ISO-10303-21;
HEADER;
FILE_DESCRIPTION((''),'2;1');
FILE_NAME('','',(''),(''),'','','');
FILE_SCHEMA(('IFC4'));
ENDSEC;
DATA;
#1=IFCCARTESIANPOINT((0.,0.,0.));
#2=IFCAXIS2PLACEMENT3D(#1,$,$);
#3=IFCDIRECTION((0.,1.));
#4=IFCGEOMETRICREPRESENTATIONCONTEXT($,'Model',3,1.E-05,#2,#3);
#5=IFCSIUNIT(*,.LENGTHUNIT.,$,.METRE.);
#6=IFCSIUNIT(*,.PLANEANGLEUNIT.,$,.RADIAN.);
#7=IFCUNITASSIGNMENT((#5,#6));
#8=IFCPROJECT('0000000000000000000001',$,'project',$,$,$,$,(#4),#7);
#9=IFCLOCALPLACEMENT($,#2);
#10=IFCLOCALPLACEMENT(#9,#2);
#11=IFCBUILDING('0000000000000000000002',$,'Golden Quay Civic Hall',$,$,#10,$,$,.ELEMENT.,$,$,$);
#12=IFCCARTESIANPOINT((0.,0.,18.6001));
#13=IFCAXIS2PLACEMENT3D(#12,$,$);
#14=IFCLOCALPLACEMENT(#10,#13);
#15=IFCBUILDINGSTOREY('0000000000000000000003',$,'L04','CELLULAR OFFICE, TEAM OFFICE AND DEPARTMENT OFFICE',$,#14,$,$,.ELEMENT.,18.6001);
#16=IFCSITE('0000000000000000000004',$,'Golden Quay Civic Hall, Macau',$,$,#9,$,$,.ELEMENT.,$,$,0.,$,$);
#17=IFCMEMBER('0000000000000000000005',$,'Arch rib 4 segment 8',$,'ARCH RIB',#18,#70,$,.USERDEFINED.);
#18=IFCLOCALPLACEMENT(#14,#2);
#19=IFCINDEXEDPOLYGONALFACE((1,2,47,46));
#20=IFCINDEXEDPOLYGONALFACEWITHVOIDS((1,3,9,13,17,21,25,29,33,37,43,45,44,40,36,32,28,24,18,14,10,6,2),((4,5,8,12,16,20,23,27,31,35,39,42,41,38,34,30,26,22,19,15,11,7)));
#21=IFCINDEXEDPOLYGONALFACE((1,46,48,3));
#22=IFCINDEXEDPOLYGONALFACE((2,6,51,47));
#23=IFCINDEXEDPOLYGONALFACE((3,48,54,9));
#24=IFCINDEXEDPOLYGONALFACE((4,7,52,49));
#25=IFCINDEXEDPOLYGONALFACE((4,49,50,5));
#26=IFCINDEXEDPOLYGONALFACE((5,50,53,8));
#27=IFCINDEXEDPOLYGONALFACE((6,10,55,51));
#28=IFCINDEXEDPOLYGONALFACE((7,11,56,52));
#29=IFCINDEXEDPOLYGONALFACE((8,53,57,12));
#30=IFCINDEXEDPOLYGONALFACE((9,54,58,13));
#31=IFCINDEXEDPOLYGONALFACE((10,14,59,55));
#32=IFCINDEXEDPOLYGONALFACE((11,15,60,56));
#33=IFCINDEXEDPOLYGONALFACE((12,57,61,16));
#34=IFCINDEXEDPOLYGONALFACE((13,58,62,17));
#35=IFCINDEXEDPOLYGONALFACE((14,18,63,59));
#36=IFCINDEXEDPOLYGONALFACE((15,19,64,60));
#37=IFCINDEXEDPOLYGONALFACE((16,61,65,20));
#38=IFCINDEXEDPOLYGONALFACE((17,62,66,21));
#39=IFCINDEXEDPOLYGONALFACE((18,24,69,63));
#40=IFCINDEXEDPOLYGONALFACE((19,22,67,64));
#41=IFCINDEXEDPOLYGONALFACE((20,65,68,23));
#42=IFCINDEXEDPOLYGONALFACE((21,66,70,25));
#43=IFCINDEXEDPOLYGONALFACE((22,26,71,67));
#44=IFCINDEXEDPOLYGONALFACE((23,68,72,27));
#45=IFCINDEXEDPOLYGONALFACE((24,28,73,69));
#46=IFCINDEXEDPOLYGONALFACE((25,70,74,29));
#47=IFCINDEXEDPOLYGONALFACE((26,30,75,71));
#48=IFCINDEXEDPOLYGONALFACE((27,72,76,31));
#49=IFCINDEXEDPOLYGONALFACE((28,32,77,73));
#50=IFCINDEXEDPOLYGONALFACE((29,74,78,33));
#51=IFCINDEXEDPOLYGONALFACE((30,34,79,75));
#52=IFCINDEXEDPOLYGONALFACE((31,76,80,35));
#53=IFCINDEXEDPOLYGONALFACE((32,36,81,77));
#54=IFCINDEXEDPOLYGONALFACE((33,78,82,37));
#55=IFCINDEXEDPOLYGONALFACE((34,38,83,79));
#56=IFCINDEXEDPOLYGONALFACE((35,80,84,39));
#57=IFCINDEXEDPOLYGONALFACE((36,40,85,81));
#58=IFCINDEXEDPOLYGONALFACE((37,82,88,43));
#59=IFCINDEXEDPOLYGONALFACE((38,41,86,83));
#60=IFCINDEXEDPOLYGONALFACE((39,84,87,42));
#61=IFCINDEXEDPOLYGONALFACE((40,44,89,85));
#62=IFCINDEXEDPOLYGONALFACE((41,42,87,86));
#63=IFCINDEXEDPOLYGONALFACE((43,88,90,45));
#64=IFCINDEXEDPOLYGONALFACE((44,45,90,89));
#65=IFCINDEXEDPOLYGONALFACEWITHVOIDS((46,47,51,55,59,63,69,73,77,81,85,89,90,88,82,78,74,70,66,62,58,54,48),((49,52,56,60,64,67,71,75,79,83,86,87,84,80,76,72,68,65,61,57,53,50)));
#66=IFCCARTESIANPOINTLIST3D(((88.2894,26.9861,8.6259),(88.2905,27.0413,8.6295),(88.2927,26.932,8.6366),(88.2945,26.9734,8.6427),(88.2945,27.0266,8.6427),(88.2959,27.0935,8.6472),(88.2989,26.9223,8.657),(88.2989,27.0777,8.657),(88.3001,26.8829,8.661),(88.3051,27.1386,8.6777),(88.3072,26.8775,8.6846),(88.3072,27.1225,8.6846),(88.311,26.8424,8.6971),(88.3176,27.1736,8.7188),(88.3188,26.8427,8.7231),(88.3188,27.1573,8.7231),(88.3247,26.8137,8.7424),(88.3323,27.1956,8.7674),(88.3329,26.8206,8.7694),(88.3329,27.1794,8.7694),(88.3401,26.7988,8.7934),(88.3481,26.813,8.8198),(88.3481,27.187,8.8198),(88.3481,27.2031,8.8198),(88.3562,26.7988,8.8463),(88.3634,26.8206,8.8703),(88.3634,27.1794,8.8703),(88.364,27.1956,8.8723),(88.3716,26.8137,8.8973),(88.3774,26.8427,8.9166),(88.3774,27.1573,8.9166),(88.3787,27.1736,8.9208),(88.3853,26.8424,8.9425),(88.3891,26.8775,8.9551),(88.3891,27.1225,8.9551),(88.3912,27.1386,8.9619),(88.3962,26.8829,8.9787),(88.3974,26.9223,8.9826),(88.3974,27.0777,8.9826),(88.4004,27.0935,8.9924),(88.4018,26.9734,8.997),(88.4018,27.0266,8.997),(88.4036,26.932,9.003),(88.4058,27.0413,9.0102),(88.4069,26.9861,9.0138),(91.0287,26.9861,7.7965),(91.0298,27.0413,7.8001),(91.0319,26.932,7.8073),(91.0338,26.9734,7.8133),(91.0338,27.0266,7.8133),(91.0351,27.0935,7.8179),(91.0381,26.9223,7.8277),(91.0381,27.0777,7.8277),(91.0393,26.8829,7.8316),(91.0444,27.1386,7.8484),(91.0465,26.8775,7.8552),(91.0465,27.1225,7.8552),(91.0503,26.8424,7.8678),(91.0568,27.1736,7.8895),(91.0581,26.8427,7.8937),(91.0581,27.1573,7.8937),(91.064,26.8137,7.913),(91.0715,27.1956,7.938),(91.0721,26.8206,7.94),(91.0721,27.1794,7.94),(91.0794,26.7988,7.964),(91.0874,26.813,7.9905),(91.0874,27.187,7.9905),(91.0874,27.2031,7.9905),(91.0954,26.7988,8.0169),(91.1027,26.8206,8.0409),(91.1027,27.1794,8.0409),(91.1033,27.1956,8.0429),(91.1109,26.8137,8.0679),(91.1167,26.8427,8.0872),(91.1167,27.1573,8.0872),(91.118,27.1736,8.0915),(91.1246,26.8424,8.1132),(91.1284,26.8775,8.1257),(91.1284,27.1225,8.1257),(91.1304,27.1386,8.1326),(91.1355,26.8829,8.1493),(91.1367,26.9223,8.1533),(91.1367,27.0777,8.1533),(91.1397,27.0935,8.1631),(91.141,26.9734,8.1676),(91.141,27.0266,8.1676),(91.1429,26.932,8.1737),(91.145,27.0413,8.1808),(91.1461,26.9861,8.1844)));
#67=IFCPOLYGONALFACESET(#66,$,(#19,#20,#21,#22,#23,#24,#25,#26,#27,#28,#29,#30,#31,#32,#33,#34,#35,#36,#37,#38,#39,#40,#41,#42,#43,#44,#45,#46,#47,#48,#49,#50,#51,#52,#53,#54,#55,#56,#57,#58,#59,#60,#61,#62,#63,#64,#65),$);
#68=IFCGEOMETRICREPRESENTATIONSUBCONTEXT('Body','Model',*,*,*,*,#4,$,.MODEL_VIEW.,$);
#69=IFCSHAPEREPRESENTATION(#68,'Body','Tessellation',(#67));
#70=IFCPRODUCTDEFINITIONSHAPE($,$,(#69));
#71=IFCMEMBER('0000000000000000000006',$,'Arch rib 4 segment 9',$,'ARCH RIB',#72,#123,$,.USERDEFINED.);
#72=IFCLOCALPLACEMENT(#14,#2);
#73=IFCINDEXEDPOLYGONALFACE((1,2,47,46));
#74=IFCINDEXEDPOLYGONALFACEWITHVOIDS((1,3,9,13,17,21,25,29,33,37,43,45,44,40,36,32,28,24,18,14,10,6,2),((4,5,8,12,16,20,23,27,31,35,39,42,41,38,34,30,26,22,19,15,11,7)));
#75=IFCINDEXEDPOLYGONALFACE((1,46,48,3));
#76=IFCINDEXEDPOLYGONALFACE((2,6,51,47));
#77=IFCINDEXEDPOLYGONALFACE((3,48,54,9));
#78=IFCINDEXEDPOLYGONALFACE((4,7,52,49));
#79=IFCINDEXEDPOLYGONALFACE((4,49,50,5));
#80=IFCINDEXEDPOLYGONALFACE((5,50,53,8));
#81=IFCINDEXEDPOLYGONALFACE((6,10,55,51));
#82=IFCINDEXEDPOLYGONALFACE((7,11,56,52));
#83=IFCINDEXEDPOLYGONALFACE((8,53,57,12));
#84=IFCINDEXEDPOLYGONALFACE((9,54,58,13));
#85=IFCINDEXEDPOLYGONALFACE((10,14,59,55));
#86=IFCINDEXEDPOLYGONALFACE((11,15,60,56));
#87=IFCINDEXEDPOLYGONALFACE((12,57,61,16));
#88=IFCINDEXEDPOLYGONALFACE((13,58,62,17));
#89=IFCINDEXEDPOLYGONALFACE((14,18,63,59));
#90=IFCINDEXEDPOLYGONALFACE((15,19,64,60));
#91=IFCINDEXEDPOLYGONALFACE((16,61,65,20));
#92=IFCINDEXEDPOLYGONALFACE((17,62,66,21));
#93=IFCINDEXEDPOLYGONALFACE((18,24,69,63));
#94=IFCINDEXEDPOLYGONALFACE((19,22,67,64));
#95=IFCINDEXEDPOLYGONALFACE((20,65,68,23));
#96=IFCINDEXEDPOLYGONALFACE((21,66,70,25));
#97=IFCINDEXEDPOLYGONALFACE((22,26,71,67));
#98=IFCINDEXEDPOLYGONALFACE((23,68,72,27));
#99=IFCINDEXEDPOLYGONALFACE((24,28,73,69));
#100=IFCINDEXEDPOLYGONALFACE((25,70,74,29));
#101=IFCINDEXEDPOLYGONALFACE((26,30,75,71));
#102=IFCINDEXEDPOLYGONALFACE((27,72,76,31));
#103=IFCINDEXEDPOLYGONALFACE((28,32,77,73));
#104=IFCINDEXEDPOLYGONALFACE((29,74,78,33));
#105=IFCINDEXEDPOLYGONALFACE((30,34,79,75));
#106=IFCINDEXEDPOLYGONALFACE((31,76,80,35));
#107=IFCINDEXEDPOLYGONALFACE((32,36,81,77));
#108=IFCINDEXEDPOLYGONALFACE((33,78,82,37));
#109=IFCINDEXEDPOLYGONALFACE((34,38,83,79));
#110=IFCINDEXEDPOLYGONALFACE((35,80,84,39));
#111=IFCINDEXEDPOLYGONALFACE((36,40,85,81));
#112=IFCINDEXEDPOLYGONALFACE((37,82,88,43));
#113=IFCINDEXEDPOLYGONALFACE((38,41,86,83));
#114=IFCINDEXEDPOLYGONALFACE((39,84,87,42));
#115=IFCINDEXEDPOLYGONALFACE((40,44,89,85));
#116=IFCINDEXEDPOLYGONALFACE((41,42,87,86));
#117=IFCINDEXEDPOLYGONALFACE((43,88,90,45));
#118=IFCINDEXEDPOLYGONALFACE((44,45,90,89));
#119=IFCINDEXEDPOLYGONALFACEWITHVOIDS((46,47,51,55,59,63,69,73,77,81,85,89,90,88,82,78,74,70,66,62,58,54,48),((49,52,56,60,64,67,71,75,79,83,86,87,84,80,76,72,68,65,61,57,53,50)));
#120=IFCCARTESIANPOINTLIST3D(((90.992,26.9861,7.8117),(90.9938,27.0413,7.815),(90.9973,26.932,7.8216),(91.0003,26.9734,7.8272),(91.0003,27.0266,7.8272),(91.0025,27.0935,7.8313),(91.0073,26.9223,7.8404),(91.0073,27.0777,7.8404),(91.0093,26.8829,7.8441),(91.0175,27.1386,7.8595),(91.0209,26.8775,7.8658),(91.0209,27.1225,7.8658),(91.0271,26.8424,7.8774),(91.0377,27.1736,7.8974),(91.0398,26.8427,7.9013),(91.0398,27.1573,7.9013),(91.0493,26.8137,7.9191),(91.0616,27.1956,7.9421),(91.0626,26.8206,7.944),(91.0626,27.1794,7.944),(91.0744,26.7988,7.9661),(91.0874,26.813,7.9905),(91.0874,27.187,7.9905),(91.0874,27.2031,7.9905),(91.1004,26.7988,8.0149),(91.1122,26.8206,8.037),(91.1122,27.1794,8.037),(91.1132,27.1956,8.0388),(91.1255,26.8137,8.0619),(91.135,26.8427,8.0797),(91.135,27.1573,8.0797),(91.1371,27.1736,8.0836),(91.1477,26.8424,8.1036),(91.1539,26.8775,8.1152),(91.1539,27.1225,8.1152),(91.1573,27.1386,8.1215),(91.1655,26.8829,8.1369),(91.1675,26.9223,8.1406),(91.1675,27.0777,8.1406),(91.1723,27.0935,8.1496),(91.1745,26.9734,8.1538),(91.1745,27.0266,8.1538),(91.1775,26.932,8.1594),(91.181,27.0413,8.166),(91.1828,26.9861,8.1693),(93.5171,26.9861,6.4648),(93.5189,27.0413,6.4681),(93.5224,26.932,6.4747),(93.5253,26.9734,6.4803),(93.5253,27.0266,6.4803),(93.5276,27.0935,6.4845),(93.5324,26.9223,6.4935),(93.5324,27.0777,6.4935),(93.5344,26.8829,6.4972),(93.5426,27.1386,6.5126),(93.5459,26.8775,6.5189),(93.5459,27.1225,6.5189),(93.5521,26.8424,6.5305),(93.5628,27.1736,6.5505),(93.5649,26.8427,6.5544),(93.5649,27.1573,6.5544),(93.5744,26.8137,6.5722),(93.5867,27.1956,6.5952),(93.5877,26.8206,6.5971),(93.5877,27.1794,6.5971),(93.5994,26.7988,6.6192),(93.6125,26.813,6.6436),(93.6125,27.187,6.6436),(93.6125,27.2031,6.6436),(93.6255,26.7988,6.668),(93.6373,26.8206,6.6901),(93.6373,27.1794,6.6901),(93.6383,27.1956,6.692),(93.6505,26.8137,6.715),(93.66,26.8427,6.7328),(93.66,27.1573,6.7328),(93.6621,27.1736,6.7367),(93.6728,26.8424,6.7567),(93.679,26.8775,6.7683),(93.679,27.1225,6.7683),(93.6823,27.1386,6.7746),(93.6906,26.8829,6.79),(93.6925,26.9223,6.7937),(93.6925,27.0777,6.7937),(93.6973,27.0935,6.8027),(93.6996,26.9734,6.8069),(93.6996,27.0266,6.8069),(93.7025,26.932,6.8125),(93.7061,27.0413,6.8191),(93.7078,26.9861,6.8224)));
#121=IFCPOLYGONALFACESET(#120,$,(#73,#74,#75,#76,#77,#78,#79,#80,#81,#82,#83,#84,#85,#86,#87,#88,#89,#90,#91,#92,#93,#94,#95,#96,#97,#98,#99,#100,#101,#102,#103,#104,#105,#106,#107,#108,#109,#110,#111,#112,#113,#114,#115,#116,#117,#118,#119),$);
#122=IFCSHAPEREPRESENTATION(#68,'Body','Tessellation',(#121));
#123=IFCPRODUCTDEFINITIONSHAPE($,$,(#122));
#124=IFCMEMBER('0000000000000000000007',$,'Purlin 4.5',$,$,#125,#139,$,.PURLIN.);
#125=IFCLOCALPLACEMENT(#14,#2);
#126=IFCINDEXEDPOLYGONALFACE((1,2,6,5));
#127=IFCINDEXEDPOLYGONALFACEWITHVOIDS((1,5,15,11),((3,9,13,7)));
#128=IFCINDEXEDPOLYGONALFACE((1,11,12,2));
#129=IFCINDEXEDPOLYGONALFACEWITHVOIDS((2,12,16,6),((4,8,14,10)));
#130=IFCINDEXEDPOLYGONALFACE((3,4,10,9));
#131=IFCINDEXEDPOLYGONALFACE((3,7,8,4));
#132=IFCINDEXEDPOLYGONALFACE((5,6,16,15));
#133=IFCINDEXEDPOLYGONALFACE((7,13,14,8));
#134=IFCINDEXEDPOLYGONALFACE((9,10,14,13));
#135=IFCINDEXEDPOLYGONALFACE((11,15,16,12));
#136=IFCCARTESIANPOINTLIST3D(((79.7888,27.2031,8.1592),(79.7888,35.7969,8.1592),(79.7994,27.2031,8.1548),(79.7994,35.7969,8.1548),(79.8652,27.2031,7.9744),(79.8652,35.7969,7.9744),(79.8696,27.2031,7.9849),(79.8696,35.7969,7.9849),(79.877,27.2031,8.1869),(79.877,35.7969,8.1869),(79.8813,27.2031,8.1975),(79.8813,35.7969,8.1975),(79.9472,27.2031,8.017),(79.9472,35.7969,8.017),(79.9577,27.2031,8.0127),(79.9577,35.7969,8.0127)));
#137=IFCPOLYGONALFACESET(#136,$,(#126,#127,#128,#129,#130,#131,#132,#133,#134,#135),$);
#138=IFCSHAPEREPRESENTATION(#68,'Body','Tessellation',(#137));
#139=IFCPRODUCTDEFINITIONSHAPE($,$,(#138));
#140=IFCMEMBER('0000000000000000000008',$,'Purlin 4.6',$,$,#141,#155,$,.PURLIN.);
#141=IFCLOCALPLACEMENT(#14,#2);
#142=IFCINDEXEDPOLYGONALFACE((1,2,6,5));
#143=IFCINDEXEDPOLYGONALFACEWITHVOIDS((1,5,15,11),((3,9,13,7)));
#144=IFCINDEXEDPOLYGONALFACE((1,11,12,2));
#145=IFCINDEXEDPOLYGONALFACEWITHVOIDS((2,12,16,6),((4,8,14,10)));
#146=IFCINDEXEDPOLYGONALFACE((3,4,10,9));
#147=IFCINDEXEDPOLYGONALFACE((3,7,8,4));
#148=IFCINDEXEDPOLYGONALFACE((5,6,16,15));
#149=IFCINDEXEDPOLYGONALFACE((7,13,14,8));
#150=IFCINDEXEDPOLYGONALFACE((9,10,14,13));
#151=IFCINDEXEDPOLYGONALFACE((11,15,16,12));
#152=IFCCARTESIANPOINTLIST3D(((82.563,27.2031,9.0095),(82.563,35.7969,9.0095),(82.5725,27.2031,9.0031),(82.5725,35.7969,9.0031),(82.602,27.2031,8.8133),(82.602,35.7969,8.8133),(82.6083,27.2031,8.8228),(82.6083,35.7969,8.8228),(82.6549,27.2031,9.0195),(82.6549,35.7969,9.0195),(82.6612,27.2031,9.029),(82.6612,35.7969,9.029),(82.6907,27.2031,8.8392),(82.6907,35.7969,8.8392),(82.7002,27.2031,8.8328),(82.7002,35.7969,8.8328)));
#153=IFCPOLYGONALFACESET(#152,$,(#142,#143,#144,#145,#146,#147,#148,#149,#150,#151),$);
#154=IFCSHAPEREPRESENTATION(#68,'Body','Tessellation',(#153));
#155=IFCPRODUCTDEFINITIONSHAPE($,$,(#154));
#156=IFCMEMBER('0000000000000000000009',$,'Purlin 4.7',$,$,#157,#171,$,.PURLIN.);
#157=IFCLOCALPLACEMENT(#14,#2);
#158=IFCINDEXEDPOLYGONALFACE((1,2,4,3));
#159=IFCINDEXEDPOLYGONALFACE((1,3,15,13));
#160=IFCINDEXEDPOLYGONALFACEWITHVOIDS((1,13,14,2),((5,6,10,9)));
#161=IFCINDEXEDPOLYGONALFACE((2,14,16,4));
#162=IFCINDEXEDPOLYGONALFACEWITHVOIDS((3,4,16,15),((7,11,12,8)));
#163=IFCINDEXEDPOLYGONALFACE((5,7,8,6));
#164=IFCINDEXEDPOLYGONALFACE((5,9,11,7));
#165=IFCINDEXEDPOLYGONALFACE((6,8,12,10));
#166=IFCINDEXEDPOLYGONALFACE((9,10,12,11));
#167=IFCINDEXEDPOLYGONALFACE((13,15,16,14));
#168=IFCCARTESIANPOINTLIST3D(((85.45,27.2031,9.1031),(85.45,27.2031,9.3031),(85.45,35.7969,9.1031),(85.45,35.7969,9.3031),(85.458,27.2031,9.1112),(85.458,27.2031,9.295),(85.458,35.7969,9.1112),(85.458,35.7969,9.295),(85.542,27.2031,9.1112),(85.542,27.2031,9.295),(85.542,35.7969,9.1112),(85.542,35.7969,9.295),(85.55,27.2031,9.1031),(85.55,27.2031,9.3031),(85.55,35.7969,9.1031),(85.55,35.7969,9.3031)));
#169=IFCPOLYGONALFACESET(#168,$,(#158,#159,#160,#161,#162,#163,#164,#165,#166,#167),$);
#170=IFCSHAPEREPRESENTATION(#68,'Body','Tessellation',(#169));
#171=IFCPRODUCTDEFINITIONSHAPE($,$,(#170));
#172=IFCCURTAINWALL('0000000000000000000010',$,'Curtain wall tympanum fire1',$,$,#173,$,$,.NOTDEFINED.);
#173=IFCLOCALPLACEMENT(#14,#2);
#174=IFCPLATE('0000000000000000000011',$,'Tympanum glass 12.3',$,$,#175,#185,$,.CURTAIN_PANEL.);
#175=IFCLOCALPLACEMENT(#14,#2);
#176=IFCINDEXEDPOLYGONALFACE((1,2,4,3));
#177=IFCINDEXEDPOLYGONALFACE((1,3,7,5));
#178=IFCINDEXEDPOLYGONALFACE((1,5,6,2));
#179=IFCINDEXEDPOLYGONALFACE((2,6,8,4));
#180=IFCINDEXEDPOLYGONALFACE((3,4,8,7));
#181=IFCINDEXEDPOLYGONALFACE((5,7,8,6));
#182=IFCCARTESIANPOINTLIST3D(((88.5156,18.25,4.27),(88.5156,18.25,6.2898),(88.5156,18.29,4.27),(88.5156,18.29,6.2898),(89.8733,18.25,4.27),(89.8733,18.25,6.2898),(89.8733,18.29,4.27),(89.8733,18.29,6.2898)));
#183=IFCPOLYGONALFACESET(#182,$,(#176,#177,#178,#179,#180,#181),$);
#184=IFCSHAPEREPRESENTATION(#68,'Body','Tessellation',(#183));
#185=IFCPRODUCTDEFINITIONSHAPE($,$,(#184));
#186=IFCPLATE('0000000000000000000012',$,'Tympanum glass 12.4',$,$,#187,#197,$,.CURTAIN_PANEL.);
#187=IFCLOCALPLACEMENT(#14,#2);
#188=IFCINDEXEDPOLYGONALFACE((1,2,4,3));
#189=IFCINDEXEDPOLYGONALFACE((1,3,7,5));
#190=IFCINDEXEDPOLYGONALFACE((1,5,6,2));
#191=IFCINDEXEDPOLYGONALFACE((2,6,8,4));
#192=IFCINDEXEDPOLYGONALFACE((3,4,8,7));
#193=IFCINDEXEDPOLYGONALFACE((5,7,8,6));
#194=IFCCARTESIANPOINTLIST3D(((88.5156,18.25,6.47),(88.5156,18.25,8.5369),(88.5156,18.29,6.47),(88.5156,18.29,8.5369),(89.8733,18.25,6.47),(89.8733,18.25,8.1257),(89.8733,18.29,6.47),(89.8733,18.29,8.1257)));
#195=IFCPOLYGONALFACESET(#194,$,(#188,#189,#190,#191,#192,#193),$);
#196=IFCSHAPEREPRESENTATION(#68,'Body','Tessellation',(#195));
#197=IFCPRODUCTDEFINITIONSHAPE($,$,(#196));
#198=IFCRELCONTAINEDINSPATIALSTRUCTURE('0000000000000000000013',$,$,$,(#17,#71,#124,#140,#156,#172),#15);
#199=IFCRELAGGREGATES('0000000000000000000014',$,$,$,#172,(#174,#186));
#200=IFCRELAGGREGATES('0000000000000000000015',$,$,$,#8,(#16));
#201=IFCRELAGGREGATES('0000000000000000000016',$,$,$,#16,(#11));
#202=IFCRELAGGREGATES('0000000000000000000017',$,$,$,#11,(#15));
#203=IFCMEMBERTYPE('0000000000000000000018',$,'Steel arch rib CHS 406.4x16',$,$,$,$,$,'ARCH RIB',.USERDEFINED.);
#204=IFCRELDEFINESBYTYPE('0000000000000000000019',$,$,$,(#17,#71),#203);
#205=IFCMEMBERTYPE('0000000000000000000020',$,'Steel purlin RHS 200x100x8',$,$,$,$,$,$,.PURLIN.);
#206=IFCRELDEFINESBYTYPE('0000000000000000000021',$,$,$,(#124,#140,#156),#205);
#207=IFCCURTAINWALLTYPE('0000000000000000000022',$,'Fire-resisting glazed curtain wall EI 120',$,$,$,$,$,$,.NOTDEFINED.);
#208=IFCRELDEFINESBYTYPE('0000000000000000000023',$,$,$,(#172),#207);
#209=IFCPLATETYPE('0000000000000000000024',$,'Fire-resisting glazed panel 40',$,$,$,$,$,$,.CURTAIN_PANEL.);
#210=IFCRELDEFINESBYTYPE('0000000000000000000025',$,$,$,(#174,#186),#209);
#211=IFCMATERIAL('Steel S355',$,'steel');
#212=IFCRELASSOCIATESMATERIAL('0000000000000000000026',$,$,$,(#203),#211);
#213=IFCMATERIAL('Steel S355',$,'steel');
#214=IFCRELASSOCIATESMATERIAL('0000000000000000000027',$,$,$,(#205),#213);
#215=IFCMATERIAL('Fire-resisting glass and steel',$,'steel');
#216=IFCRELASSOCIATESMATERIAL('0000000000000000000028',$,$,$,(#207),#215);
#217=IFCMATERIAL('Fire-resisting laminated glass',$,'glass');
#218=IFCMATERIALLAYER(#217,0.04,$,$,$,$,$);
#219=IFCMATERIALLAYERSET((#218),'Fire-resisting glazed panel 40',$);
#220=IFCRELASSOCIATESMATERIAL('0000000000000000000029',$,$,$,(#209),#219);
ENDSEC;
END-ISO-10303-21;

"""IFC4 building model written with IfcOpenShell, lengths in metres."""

from ifc_helpers import new_model, si_unit, direction, frame, origin, origin_2d, place, context, subcontext, project, spatial, polyline, hollow_rectangle, hollow_circle, outline, extrude, material, layer, layer_set, material_profile, profile_set, type_object, element, aggregate, save


model = new_model("IFC4")

# Units and contexts
model_context = context("Model", 3, precision=1e-05, world=origin(), true_north=direction((0.0, 1.0)))
body_context = subcontext(model_context, "Body", "Model", "MODEL_VIEW")
ifc_project = project(units=[si_unit("LENGTHUNIT", "METRE"), si_unit("PLANEANGLEUNIT", "RADIAN")], contexts=[model_context])

# Site, building, storey
site_placement = place(None, origin())
site = spatial("IfcSite", under=ifc_project, at=site_placement, Name="Golden Quay Civic Hall, Macau", CompositionType="ELEMENT", RefElevation=0.0)
building_placement = place(site_placement, origin())
building = spatial("IfcBuilding", under=site, at=building_placement, Name="Golden Quay Civic Hall", CompositionType="ELEMENT")
storey_placement = place(building_placement, frame((0.0, 0.0, 18.6001)))
storey = spatial("IfcBuildingStorey", under=building, at=storey_placement, Name="L04", Description="CELLULAR OFFICE, TEAM OFFICE AND DEPARTMENT OFFICE", CompositionType="ELEMENT", Elevation=18.6001)

# Members
ifc_material_1 = material(Name="Steel S355", Category="steel")
ifc_material_profile_1 = material_profile(ifc_material_1, hollow_circle(Radius=0.2031, WallThickness=0.0161, at=origin_2d()), Name="CHS 406.4x16")
ifc_profile_set_1 = profile_set([ifc_material_profile_1], Name="Steel S355")
member_type_1 = type_object("IfcMemberType", Name="Steel arch rib CHS 406.4x16", ElementType="ARCH RIB", PredefinedType="USERDEFINED", material=ifc_profile_set_1)
member_1_placement = place(storey_placement, frame((88.3481, 27.0, 8.8198), z_axis=(0.957095, 0.0, -0.289773), x_axis=(0.0, 1.0, 0.0)))
element("IfcMember", 1, at=member_1_placement, inside=storey, type_object=member_type_1, Name="Arch rib 4 segment 8", ObjectType="ARCH RIB", PredefinedType="USERDEFINED", context=body_context, shape_type="SweptSolid", body=[
    extrude(hollow_circle(Radius=0.2031, WallThickness=0.0161, at=origin_2d()), origin(), (0.0, 0.0, 1.0), 2.8621),
])
member_2_placement = place(storey_placement, frame((91.0874, 27.0, 7.9905), z_axis=(0.882327, 0.0, -0.470637), x_axis=(0.0, 1.0, 0.0)))
element("IfcMember", 2, at=member_2_placement, inside=storey, type_object=member_type_1, Name="Arch rib 4 segment 9", ObjectType="ARCH RIB", PredefinedType="USERDEFINED", context=body_context, shape_type="SweptSolid", body=[
    extrude(hollow_circle(Radius=0.2031, WallThickness=0.0161, at=origin_2d()), origin(), (0.0, 0.0, 1.0), 2.8618),
])
ifc_material_2 = material(Name="Steel S355", Category="steel")
ifc_material_profile_2 = material_profile(ifc_material_2, hollow_rectangle(XDim=0.1001, YDim=0.2, WallThickness=0.0081, at=origin_2d()), Name="RHS 200x100x8")
ifc_profile_set_2 = profile_set([ifc_material_profile_2], Name="Steel S355")
member_type_2 = type_object("IfcMemberType", Name="Steel purlin RHS 200x100x8", PredefinedType="PURLIN", material=ifc_profile_set_2)
for number, where, z_axis, x_axis, name in (
    (3, (79.8733, 27.2031, 8.0859), (0.0, 1.0, 0.0), (-0.924146, 0.0, -0.382039), "Purlin 4.5"),
    (4, (82.6316, 27.2031, 8.9211), (0.0, 1.0, 0.0), (-0.980853, 0.0, -0.194748), "Purlin 4.6"),
    (5, (85.5, 27.2031, 9.2031), (0.0, 1.0, 0.0), (-1.0, 0.0, 0.0), "Purlin 4.7"),
):
    element("IfcMember", number, at=place(storey_placement, frame(where, z_axis=z_axis, x_axis=x_axis)), inside=storey, type_object=member_type_2, Name=name, PredefinedType="PURLIN", context=body_context, shape_type="SweptSolid", body=[
        extrude(hollow_rectangle(XDim=0.1001, YDim=0.2, WallThickness=0.0081, at=origin_2d()), origin(), (0.0, 0.0, 1.0), 8.5938),
    ])

# Curtain wall, plates
ifc_material_3 = material(Name="Fire-resisting glass and steel", Category="steel")
curtain_wall_type = type_object("IfcCurtainWallType", Name="Fire-resisting glazed curtain wall EI 120", PredefinedType="NOTDEFINED", material=ifc_material_3)
curtain_wall_placement = place(storey_placement, origin())
curtain_wall = element("IfcCurtainWall", 6, at=curtain_wall_placement, inside=storey, type_object=curtain_wall_type, Name="Curtain wall tympanum fire1", PredefinedType="NOTDEFINED")
ifc_material_4 = material(Name="Fire-resisting laminated glass", Category="glass")
ifc_layer_1 = layer(ifc_material_4, 0.04)
ifc_layer_set_1 = layer_set([ifc_layer_1], Name="Fire-resisting glazed panel 40")
plate_type_1 = type_object("IfcPlateType", Name="Fire-resisting glazed panel 40", PredefinedType="CURTAIN_PANEL", material=ifc_layer_set_1)
plate_1_placement = place(storey_placement, frame((89.8733, 18.29, 4.27), z_axis=(0.0, 1.0, 0.0), x_axis=(-1.0, 0.0, 0.0)))
plate_1 = element("IfcPlate", 7, at=plate_1_placement, type_object=plate_type_1, Name="Tympanum glass 12.3", PredefinedType="CURTAIN_PANEL", context=body_context, shape_type="SweptSolid", body=[
    extrude(outline(polyline([(0.0, 0.0), (1.3577, 0.0), (1.3577, 2.0198), (0.0, 2.0198), (0.0, 0.0)])), origin(), (0.0, 0.0, -1.0), 0.04),
])
plate_2_placement = place(storey_placement, frame((89.8733, 18.29, 6.47), z_axis=(0.0, 1.0, 0.0), x_axis=(-1.0, 0.0, 0.0)))
plate_2 = element("IfcPlate", 8, at=plate_2_placement, type_object=plate_type_1, Name="Tympanum glass 12.4", PredefinedType="CURTAIN_PANEL", context=body_context, shape_type="SweptSolid", body=[
    extrude(outline(polyline([(0.0, 0.0), (1.3577, 0.0), (1.3577, 2.0669), (0.0, 1.6558), (0.0, 0.0)])), origin(), (0.0, 0.0, -1.0), 0.04),
])
aggregate(curtain_wall, [plate_1, plate_2])

save(model, "model.ifc")
